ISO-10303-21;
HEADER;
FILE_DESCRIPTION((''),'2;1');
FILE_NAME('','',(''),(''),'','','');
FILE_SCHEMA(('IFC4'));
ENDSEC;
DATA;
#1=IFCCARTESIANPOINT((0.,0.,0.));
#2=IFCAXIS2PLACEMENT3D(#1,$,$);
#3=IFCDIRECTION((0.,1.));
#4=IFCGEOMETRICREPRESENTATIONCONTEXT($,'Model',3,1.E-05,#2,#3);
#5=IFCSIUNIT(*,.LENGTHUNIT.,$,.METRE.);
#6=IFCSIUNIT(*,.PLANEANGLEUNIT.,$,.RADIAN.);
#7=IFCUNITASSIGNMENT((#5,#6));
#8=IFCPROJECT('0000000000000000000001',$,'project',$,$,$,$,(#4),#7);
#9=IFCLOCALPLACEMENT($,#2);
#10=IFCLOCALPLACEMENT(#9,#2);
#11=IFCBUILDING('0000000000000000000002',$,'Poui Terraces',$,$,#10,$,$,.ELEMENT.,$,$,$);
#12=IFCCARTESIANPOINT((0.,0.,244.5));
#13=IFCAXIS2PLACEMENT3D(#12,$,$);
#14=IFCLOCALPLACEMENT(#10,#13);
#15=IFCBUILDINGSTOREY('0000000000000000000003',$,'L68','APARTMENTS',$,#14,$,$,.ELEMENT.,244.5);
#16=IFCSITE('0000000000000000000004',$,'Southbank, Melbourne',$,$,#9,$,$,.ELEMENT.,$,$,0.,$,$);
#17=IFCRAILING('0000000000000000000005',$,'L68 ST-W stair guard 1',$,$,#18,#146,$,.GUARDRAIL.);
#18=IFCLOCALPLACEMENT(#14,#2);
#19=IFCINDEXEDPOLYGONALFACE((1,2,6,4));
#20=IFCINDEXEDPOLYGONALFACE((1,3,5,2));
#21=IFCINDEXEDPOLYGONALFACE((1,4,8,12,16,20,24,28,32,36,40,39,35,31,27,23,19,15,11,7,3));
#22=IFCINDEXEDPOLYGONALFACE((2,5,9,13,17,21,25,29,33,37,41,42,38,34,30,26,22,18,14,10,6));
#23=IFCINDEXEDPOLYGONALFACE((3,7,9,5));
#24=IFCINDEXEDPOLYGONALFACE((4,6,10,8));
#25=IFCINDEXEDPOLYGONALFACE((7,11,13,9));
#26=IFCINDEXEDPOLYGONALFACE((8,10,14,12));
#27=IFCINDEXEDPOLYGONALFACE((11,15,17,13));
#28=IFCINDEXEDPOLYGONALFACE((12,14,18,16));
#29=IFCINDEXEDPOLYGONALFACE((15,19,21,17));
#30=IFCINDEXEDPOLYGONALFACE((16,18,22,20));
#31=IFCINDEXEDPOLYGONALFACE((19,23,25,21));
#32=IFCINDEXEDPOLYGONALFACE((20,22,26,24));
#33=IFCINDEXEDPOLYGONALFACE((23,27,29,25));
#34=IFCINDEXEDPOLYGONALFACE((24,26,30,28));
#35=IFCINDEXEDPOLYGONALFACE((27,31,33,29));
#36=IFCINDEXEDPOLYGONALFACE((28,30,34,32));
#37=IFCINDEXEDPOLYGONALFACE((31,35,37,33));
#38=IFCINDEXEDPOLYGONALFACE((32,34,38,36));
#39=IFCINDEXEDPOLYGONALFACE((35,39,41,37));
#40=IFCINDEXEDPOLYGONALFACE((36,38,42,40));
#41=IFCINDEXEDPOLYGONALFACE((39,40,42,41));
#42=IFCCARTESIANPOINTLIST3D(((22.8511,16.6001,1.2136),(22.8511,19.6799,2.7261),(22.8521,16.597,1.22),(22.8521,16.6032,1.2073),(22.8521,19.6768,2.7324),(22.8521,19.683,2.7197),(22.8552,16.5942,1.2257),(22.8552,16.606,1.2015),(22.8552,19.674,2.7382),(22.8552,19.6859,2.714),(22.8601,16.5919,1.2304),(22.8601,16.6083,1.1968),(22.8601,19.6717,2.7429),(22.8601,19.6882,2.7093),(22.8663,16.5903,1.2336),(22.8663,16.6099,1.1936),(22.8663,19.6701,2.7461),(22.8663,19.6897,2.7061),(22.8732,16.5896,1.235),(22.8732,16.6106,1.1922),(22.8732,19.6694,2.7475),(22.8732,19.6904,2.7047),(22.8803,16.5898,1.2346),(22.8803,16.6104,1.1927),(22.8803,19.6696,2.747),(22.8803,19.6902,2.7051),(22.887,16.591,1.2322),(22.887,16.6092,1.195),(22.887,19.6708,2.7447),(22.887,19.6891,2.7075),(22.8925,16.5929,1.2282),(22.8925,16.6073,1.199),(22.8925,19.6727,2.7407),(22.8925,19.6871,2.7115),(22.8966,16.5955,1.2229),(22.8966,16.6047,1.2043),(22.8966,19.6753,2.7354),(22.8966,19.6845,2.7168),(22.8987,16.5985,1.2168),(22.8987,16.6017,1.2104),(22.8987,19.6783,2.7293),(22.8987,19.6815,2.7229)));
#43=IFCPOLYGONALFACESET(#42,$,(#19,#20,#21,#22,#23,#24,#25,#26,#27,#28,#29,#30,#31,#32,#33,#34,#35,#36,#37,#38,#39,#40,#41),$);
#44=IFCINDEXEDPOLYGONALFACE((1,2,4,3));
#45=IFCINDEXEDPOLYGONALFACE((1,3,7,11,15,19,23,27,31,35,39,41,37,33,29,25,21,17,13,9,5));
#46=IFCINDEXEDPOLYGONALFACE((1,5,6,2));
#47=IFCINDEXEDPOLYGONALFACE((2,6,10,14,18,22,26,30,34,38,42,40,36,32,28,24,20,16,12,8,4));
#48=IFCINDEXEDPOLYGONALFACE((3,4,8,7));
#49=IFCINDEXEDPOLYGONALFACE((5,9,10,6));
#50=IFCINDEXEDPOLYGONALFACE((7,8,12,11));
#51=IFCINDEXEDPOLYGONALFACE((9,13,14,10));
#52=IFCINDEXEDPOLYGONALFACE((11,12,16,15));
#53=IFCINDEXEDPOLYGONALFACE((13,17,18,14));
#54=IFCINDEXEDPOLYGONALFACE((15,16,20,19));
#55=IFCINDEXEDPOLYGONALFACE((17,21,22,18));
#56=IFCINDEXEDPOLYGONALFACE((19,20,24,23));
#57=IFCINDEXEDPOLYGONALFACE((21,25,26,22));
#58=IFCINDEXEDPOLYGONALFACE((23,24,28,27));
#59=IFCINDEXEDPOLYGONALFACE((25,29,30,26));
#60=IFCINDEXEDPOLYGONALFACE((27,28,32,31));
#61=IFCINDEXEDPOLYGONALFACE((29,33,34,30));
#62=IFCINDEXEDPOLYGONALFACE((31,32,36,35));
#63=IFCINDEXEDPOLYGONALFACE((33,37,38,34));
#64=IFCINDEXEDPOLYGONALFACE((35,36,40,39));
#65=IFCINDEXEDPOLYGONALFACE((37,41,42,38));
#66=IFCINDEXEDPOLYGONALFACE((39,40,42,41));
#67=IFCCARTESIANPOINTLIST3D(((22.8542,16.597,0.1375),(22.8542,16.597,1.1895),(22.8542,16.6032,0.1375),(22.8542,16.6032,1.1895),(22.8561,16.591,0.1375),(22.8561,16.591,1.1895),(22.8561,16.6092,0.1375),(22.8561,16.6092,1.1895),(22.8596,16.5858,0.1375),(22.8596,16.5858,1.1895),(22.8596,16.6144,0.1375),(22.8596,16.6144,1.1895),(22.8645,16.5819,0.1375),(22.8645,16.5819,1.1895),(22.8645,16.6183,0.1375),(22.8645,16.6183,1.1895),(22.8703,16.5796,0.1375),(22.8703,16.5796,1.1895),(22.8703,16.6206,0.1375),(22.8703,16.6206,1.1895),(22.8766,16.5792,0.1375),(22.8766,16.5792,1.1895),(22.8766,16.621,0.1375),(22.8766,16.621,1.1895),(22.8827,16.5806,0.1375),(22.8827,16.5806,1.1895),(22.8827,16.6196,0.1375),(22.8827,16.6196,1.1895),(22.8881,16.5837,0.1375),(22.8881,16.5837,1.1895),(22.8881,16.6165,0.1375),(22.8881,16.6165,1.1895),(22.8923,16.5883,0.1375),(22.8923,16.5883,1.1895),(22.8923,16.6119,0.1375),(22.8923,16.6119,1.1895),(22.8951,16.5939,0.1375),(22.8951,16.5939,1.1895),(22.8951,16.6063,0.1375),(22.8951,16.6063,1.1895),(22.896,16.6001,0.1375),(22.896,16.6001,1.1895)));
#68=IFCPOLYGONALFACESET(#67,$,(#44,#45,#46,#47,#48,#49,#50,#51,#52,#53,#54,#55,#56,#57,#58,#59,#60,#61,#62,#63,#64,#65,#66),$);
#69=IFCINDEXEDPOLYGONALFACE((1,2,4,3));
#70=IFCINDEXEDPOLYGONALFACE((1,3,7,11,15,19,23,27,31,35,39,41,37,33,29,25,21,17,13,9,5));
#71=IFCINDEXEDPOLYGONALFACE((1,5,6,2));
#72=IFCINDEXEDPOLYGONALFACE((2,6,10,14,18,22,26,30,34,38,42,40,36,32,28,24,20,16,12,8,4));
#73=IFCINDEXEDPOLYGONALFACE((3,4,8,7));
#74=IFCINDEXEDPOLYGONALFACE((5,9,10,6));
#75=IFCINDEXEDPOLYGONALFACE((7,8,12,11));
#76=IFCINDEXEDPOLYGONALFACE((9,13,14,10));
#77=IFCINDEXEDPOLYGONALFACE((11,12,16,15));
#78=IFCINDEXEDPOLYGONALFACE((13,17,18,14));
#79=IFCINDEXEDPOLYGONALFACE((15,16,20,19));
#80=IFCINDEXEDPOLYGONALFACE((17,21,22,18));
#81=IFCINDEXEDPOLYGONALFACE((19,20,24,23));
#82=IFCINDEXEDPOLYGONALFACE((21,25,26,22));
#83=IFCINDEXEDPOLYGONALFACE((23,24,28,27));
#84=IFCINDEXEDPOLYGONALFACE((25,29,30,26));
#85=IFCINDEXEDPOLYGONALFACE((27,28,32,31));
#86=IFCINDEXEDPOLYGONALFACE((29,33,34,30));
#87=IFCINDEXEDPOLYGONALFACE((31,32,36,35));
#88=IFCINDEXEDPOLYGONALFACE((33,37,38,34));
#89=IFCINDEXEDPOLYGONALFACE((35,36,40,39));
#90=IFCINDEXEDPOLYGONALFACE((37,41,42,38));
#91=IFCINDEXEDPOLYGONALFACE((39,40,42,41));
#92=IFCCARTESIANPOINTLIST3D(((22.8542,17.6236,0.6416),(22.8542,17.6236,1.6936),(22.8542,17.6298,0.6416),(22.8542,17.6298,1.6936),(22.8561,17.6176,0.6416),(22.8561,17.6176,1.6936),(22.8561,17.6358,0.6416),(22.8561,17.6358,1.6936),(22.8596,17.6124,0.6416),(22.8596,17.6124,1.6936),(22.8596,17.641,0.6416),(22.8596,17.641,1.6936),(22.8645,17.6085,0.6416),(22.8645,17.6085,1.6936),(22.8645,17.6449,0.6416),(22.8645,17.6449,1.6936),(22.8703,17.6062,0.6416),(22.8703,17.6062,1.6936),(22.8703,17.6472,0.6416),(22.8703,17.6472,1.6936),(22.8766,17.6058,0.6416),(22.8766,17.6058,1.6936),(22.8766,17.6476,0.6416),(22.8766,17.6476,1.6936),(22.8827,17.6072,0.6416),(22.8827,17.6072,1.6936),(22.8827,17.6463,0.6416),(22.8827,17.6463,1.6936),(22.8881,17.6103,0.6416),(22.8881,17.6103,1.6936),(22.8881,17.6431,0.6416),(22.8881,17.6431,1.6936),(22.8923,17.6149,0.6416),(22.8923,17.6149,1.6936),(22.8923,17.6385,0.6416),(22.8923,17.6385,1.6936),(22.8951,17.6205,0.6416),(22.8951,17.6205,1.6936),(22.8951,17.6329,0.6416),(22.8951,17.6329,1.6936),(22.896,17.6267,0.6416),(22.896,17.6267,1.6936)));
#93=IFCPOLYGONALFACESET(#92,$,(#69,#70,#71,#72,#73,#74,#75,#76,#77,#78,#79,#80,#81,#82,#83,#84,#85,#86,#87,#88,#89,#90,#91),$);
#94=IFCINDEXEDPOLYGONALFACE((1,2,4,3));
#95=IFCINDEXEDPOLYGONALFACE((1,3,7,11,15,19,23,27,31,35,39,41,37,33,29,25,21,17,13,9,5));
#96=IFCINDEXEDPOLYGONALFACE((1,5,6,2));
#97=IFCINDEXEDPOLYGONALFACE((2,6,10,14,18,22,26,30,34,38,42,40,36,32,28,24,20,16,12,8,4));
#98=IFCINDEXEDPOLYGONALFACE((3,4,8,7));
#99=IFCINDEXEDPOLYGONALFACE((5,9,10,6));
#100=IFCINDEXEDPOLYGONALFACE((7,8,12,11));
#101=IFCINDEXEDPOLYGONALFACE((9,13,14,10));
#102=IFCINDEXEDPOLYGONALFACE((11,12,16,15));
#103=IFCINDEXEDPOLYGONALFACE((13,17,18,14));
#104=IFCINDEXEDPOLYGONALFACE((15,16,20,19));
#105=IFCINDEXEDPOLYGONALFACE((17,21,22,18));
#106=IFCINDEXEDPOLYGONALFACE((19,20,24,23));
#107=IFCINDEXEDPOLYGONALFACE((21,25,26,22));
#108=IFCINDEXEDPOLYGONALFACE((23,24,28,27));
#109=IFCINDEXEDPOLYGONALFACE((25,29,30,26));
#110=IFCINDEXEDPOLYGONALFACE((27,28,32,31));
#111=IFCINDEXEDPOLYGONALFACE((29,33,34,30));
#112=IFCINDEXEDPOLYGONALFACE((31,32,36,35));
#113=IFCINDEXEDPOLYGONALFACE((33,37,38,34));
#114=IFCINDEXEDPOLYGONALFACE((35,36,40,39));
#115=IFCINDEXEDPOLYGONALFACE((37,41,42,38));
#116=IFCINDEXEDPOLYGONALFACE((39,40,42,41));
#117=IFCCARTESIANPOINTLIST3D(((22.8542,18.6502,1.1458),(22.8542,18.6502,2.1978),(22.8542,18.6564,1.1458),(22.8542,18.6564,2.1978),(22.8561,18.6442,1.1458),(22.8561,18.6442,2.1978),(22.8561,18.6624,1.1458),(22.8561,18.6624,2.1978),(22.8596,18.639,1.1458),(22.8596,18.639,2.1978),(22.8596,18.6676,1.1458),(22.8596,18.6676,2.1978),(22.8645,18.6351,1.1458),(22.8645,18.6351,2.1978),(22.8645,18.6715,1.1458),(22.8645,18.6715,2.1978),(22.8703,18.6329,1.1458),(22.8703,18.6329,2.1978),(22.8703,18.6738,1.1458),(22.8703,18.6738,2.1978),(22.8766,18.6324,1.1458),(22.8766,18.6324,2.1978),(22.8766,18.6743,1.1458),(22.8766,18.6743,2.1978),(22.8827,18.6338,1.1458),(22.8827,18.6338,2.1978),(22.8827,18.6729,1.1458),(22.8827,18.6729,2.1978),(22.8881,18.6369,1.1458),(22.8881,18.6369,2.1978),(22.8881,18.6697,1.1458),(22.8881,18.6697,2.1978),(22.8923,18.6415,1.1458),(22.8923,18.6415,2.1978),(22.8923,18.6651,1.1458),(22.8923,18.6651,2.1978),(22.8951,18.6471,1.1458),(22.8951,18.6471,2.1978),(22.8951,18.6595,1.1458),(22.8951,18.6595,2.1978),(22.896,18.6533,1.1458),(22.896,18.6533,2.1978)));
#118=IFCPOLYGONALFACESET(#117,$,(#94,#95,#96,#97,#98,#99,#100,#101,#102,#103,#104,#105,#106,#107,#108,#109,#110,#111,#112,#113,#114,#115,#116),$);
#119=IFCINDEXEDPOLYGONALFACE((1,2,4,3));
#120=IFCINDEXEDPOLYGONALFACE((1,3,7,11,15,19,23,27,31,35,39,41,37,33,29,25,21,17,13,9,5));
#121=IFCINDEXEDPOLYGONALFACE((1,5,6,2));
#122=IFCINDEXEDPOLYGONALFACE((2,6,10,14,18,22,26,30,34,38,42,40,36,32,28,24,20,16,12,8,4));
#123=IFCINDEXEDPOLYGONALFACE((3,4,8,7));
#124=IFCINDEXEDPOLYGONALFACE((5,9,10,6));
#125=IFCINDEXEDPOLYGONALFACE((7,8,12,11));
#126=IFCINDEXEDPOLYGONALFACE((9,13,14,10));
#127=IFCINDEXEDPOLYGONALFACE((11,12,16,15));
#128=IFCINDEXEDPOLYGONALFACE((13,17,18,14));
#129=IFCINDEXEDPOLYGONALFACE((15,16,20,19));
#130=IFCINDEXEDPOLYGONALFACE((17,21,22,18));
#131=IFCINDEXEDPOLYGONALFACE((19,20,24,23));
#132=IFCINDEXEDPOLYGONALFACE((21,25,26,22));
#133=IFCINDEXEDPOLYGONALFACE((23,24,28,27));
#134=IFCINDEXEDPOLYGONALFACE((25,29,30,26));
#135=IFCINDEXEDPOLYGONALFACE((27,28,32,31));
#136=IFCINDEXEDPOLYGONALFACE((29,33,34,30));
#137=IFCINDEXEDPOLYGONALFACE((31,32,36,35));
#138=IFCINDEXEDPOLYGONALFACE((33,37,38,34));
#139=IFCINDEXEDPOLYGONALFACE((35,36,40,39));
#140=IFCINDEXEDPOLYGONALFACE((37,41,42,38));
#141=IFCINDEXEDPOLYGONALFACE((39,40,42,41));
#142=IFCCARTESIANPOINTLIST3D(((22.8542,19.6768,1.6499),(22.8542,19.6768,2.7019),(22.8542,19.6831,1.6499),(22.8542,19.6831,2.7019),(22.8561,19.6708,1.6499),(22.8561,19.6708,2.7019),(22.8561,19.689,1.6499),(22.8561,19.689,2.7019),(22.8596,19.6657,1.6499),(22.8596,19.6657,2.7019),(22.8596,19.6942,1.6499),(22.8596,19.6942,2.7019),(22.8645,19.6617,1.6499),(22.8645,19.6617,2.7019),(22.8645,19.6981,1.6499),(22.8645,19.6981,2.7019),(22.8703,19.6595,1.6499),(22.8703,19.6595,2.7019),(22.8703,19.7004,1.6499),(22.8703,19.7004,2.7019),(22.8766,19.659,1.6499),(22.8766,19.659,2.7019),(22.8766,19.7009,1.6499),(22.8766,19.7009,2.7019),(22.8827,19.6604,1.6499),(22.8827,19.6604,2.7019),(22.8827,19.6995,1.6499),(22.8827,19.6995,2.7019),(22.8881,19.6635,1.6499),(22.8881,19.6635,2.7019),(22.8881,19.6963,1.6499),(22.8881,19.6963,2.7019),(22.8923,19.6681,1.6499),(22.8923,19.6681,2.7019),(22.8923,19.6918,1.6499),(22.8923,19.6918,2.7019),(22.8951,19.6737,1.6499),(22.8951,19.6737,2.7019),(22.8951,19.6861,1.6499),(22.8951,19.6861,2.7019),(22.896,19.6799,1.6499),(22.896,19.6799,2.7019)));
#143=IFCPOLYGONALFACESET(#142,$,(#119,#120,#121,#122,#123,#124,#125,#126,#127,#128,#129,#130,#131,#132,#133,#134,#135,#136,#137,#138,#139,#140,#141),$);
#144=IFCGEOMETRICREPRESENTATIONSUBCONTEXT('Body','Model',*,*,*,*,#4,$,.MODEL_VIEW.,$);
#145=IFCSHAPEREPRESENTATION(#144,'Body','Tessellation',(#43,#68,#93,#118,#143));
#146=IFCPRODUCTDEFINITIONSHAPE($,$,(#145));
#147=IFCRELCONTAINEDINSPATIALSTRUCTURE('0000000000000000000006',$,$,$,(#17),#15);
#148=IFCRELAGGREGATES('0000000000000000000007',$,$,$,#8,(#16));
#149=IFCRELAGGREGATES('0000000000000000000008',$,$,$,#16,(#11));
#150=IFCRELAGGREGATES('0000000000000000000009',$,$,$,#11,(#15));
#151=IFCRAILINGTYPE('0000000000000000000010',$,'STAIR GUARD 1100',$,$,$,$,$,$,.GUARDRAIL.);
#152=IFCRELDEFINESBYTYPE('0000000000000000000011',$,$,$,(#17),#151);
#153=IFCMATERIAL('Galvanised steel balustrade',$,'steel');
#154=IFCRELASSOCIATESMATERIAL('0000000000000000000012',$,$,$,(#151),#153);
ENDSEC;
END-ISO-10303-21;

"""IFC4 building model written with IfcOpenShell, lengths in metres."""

from ifc_helpers import new_model, si_unit, direction, frame, origin, origin_2d, place, context, subcontext, project, spatial, circle, extrude, material, type_object, element, save


model = new_model("IFC4")

# Units and contexts
model_context = context("Model", 3, precision=1e-05, world=origin(), true_north=direction((0.0, 1.0)))
body_context = subcontext(model_context, "Body", "Model", "MODEL_VIEW")
ifc_project = project(units=[si_unit("LENGTHUNIT", "METRE"), si_unit("PLANEANGLEUNIT", "RADIAN")], contexts=[model_context])

# Site, building, storey
site_placement = place(None, origin())
site = spatial("IfcSite", under=ifc_project, at=site_placement, Name="Southbank, Melbourne", CompositionType="ELEMENT", RefElevation=0.0)
building_placement = place(site_placement, origin())
building = spatial("IfcBuilding", under=site, at=building_placement, Name="Poui Terraces", CompositionType="ELEMENT")
storey_placement = place(building_placement, frame((0.0, 0.0, 244.5)))
storey = spatial("IfcBuildingStorey", under=building, at=storey_placement, Name="L68", Description="APARTMENTS", CompositionType="ELEMENT", Elevation=244.5)

# Railing
ifc_material_1 = material(Name="Galvanised steel balustrade", Category="steel")
railing_type_1 = type_object("IfcRailingType", Name="STAIR GUARD 1100", PredefinedType="GUARDRAIL", material=ifc_material_1)
railing_1_placement = place(storey_placement, frame((22.875, 16.6001, 0.1375)))
element("IfcRailing", 1, at=railing_1_placement, inside=storey, type_object=railing_type_1, Name="L68 ST-W stair guard 1", PredefinedType="GUARDRAIL", context=body_context, shape_type="SweptSolid", body=[
    extrude(circle(Radius=0.0239, at=origin_2d()), frame((0.0, 0.0, 1.0762), z_axis=(0.0, 0.897606, 0.440798), x_axis=(-1.0, 0.0, 0.0)), (0.0, 0.0, 1.0), 3.4312),
    extrude(circle(Radius=0.021, at=origin_2d()), origin(), (0.0, 0.0, 1.0), 1.052),
    extrude(circle(Radius=0.021, at=origin_2d()), frame((0.0, 1.0266, 0.5042)), (0.0, 0.0, 1.0), 1.052),
    extrude(circle(Radius=0.021, at=origin_2d()), frame((0.0, 2.0532, 1.0083)), (0.0, 0.0, 1.0), 1.052),
    extrude(circle(Radius=0.021, at=origin_2d()), frame((0.0, 3.0798, 1.5125)), (0.0, 0.0, 1.0), 1.052),
])

save(model, "model.ifc")
